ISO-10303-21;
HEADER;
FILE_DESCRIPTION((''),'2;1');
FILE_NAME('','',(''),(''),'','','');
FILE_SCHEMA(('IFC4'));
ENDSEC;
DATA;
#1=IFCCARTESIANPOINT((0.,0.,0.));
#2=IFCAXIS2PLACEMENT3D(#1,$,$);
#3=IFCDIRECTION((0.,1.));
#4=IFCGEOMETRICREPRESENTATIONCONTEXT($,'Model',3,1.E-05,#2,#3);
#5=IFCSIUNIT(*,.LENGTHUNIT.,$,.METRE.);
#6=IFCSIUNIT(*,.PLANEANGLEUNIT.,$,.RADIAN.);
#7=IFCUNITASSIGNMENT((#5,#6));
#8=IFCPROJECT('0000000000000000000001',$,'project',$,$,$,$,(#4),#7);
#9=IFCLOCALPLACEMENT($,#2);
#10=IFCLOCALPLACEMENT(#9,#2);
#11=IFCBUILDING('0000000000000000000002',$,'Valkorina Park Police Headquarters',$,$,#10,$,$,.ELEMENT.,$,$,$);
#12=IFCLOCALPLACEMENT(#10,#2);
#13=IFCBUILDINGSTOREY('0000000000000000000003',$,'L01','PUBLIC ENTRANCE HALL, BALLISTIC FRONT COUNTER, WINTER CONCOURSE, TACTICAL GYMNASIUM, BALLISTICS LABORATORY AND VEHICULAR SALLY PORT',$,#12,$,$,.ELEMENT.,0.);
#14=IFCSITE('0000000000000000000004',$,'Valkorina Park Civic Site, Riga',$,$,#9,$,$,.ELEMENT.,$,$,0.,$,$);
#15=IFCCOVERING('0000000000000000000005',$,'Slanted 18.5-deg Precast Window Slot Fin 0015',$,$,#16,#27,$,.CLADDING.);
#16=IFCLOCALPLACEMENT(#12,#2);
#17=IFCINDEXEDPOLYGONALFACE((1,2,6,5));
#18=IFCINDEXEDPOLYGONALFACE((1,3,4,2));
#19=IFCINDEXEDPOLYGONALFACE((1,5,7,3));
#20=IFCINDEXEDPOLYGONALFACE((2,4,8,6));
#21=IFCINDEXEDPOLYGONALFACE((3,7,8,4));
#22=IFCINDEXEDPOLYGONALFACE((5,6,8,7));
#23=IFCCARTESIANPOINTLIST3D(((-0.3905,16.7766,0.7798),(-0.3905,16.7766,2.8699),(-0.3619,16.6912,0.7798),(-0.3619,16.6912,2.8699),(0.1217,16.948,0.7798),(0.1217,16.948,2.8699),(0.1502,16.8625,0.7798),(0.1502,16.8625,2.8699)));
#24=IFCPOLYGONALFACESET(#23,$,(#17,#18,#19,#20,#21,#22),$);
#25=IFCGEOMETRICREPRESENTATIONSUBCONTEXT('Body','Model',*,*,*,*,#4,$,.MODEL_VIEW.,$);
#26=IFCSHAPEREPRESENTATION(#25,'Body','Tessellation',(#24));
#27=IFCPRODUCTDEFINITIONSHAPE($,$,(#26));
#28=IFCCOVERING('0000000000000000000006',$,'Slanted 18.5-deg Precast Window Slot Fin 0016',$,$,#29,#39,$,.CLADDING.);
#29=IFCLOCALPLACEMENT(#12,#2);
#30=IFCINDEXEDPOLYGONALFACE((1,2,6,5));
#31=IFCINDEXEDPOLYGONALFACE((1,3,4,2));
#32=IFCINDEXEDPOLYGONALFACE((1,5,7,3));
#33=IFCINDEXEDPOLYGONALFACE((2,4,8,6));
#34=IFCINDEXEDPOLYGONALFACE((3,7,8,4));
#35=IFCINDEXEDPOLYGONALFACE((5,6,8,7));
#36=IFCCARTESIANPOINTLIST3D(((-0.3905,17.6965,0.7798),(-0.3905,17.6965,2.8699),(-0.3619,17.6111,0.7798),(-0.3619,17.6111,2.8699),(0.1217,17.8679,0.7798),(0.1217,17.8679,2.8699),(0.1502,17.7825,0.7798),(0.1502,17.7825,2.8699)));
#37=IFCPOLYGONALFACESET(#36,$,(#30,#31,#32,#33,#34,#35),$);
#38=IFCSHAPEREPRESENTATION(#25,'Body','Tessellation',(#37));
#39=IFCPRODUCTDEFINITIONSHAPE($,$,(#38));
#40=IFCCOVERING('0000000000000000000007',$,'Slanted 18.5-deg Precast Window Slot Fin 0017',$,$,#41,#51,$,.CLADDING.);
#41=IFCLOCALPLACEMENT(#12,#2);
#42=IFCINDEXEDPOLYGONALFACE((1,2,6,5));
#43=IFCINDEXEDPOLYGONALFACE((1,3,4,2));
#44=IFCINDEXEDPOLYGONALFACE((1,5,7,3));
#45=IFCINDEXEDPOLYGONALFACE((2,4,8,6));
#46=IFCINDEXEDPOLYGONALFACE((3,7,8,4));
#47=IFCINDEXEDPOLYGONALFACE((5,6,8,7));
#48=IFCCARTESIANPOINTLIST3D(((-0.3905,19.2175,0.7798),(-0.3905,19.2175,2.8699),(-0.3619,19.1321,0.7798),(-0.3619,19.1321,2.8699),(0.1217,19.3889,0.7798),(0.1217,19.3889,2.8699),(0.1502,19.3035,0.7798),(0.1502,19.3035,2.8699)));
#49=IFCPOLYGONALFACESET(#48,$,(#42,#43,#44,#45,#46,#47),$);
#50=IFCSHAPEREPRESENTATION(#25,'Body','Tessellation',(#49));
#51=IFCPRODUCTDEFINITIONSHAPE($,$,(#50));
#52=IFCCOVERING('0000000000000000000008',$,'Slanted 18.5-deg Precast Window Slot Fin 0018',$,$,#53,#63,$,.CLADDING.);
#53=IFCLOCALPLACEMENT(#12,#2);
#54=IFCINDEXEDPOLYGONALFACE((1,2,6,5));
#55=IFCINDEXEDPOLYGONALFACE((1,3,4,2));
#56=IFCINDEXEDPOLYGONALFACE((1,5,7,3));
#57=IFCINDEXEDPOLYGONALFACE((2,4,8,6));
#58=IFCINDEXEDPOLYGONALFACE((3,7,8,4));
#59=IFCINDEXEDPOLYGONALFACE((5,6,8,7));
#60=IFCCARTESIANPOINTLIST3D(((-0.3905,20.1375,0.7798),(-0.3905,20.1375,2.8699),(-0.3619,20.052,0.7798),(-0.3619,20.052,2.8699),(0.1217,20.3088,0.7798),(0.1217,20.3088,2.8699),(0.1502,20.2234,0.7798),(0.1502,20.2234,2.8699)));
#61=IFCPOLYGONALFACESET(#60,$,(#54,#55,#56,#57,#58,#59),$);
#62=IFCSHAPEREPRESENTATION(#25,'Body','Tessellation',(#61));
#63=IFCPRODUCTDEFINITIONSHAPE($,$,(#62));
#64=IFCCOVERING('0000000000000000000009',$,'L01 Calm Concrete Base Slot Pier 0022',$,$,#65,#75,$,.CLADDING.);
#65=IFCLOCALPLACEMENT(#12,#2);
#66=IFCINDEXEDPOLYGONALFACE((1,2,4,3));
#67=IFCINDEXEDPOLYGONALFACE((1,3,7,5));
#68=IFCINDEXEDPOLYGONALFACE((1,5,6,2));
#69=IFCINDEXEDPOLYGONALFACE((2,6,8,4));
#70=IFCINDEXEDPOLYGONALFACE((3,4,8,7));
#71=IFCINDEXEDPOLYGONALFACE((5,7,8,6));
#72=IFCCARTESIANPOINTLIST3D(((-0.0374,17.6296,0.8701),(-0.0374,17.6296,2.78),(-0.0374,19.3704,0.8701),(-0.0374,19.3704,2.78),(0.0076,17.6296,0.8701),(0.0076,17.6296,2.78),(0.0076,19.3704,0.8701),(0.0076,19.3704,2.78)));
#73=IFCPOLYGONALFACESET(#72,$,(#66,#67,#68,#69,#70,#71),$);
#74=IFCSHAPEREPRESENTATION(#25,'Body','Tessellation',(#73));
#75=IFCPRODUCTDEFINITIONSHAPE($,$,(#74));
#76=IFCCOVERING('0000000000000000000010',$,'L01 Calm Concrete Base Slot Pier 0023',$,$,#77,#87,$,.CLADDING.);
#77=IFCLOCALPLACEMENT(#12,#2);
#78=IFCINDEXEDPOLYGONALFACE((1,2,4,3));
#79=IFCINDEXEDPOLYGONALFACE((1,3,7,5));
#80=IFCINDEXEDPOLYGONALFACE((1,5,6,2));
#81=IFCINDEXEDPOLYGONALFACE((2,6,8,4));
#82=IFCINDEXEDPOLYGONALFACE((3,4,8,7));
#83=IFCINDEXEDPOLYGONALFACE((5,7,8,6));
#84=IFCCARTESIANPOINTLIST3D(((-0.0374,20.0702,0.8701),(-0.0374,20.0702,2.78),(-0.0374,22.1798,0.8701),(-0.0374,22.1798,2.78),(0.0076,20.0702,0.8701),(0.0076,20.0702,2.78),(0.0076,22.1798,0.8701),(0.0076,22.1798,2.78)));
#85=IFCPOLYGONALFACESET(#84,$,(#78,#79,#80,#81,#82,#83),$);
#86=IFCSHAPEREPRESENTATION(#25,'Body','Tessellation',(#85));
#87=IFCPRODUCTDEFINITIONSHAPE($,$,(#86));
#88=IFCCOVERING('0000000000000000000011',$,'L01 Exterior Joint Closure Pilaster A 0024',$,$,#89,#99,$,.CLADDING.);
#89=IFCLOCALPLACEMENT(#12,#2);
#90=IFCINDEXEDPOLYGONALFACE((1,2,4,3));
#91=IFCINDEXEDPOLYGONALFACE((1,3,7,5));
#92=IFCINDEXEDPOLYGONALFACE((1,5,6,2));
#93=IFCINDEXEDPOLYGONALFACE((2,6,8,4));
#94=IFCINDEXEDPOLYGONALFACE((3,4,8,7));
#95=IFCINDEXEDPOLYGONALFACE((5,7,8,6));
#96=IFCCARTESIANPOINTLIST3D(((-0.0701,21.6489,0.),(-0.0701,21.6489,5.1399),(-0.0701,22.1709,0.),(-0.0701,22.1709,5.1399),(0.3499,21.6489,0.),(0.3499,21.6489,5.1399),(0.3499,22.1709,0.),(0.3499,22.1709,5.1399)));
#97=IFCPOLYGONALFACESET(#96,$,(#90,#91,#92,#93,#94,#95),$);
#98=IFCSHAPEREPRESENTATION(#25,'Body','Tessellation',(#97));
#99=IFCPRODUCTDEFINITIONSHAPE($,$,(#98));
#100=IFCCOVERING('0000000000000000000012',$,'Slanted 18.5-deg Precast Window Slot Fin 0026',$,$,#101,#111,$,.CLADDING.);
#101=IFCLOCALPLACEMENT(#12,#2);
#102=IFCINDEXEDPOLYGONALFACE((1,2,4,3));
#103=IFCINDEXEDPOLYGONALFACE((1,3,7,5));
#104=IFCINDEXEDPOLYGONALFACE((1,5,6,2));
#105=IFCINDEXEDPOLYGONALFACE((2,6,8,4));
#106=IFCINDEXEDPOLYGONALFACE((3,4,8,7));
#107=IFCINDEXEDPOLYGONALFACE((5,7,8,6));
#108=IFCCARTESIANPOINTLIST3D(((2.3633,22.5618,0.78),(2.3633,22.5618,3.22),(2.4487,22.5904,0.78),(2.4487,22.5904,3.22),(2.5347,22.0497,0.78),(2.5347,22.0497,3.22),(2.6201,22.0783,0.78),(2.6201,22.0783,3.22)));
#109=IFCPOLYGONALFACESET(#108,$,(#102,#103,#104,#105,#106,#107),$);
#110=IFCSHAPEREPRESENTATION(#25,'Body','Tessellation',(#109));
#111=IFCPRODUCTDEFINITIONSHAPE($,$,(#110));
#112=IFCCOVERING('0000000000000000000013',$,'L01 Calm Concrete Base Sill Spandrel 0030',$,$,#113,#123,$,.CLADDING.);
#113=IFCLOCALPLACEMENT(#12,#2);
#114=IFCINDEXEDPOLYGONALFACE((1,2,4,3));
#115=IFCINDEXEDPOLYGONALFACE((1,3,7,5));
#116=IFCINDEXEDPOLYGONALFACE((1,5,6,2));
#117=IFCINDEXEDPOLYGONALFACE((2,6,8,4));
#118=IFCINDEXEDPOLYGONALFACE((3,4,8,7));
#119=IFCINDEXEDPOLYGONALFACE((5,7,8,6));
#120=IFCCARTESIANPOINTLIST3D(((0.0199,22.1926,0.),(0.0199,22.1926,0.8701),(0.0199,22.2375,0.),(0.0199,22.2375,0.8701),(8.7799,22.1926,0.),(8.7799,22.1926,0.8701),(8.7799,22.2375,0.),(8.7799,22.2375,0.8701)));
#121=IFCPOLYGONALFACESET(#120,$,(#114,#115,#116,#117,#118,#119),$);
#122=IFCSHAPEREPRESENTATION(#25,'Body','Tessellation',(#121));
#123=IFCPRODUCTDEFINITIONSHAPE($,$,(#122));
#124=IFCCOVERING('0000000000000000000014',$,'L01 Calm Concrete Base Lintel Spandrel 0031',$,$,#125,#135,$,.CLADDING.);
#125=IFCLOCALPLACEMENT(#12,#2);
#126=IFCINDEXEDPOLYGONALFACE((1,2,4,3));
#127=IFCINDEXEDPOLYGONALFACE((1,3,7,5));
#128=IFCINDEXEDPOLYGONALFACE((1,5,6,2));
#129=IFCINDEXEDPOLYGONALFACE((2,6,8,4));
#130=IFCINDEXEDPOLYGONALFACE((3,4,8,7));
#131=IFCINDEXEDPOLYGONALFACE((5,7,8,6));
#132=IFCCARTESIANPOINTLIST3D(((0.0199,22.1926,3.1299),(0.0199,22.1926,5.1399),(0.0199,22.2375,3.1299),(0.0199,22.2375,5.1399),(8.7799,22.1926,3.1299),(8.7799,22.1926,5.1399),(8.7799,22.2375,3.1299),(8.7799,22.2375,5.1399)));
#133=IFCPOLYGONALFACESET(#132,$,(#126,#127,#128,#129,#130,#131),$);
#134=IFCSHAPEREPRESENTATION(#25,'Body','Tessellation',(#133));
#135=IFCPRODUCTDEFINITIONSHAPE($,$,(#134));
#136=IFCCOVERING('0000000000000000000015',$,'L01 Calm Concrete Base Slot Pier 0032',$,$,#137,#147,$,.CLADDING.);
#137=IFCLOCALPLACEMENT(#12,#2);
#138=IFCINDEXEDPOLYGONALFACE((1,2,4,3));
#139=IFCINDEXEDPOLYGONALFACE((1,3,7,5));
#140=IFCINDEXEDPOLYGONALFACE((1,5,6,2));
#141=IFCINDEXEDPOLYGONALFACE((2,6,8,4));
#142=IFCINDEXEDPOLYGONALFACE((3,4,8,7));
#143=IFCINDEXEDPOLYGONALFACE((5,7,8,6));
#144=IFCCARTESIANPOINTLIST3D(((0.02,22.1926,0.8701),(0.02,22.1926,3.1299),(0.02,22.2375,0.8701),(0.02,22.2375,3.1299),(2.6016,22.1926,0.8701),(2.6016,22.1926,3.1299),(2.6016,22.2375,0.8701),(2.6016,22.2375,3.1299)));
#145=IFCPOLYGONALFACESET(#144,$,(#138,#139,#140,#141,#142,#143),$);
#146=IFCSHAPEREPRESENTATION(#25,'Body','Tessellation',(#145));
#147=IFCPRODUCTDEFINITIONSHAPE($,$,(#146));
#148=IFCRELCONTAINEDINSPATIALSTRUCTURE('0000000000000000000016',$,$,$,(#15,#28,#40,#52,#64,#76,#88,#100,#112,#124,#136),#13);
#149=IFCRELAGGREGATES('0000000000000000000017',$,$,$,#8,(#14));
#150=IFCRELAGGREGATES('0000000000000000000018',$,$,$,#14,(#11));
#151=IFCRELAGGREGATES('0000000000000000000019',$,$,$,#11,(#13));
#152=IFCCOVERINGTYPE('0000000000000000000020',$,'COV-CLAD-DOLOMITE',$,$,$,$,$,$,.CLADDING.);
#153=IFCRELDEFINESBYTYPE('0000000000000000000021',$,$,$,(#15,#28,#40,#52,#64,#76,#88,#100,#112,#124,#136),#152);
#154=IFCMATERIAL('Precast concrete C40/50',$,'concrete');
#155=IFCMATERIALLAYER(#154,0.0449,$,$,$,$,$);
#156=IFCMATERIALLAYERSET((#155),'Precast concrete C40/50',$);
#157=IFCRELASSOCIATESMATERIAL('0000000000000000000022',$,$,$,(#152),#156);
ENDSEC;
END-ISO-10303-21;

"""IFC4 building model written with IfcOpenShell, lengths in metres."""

from ifc_helpers import new_model, si_unit, direction, frame, frame_2d, origin, origin_2d, place, context, subcontext, project, spatial, rectangle, extrude, material, layer, layer_set, type_object, element, save


model = new_model("IFC4")

# Units and contexts
model_context = context("Model", 3, precision=1e-05, world=origin(), true_north=direction((0.0, 1.0)))
body_context = subcontext(model_context, "Body", "Model", "MODEL_VIEW")
ifc_project = project(units=[si_unit("LENGTHUNIT", "METRE"), si_unit("PLANEANGLEUNIT", "RADIAN")], contexts=[model_context])

# Site, building, storey
site_placement = place(None, origin())
site = spatial("IfcSite", under=ifc_project, at=site_placement, Name="Valkorina Park Civic Site, Riga", CompositionType="ELEMENT", RefElevation=0.0)
building_placement = place(site_placement, origin())
building = spatial("IfcBuilding", under=site, at=building_placement, Name="Valkorina Park Police Headquarters", CompositionType="ELEMENT")
storey_placement = place(building_placement, origin())
storey = spatial("IfcBuildingStorey", under=building, at=storey_placement, Name="L01", Description="PUBLIC ENTRANCE HALL, BALLISTIC FRONT COUNTER, WINTER CONCOURSE, TACTICAL GYMNASIUM, BALLISTICS LABORATORY AND VEHICULAR SALLY PORT", CompositionType="ELEMENT", Elevation=0.0)

# Coverings
ifc_material_1 = material(Name="Precast concrete C40/50", Category="concrete")
ifc_layer_1 = layer(ifc_material_1, 0.0449)
ifc_layer_set_1 = layer_set([ifc_layer_1], Name="Precast concrete C40/50")
covering_type = type_object("IfcCoveringType", Name="COV-CLAD-DOLOMITE", PredefinedType="CLADDING", material=ifc_layer_set_1)
for number, where, z_axis, x_axis, name in (
    (1, (-0.1201, 16.8196, 0.7798), (0.0, 0.0, 1.0), (-0.948324, -0.317305, 0.0), "Slanted 18.5-deg Precast Window Slot Fin 0015"),
    (2, (-0.1201, 17.7395, 0.7798), (0.0, 0.0, 1.0), (-0.948324, -0.317305, 0.0), "Slanted 18.5-deg Precast Window Slot Fin 0016"),
    (3, (-0.1201, 19.2605, 0.7798), (0.0, 0.0, 1.0), (-0.948324, -0.317305, 0.0), "Slanted 18.5-deg Precast Window Slot Fin 0017"),
    (4, (-0.1201, 20.1804, 0.7798), (0.0, 0.0, 1.0), (-0.948324, -0.317305, 0.0), "Slanted 18.5-deg Precast Window Slot Fin 0018"),
):
    element("IfcCovering", number, at=place(storey_placement, frame(where, z_axis=z_axis, x_axis=x_axis)), inside=storey, type_object=covering_type, Name=name, PredefinedType="CLADDING", context=body_context, shape_type="SweptSolid", body=[
        extrude(rectangle(XDim=0.54, YDim=0.0901, at=origin_2d()), origin(), (0.0, 0.0, 1.0), 2.0901),
    ])
covering_1_placement = place(storey_placement, frame((-0.0149, 17.6296, 0.8701), z_axis=(0.0, 0.0, 1.0), x_axis=(0.0, 1.0, 0.0)))
element("IfcCovering", 5, at=covering_1_placement, inside=storey, type_object=covering_type, Name="L01 Calm Concrete Base Slot Pier 0022", PredefinedType="CLADDING", context=body_context, shape_type="SweptSolid", body=[
    extrude(rectangle(XDim=1.7407, YDim=0.0449, at=frame_2d((0.8704, 0.0))), origin(), (0.0, 0.0, 1.0), 1.9099),
])
covering_2_placement = place(storey_placement, frame((-0.0149, 20.0703, 0.8701), z_axis=(0.0, 0.0, 1.0), x_axis=(0.0, 1.0, 0.0)))
element("IfcCovering", 6, at=covering_2_placement, inside=storey, type_object=covering_type, Name="L01 Calm Concrete Base Slot Pier 0023", PredefinedType="CLADDING", context=body_context, shape_type="SweptSolid", body=[
    extrude(rectangle(XDim=2.1096, YDim=0.0449, at=frame_2d((1.0547, 0.0))), origin(), (0.0, 0.0, 1.0), 1.9099),
])
covering_3_placement = place(storey_placement, frame((0.1399, 21.9099, 0.0), z_axis=(0.0, 0.0, 1.0), x_axis=(1.0, 0.0, 0.0)))
element("IfcCovering", 7, at=covering_3_placement, inside=storey, type_object=covering_type, Name="L01 Exterior Joint Closure Pilaster A 0024", PredefinedType="CLADDING", context=body_context, shape_type="SweptSolid", body=[
    extrude(rectangle(XDim=0.4199, YDim=0.522, at=origin_2d()), origin(), (0.0, 0.0, 1.0), 5.1399),
])
covering_4_placement = place(storey_placement, frame((2.4917, 22.3201, 0.78), z_axis=(0.0, 0.0, 1.0), x_axis=(-0.317305, 0.948324, 0.0)))
element("IfcCovering", 8, at=covering_4_placement, inside=storey, type_object=covering_type, Name="Slanted 18.5-deg Precast Window Slot Fin 0026", PredefinedType="CLADDING", context=body_context, shape_type="SweptSolid", body=[
    extrude(rectangle(XDim=0.54, YDim=0.0901, at=origin_2d()), origin(), (0.0, 0.0, 1.0), 2.4399),
])
covering_5_placement = place(storey_placement, frame((0.02, 22.2151, 0.0), z_axis=(0.0, 0.0, 1.0), x_axis=(1.0, 0.0, 0.0)))
element("IfcCovering", 9, at=covering_5_placement, inside=storey, type_object=covering_type, Name="L01 Calm Concrete Base Sill Spandrel 0030", PredefinedType="CLADDING", context=body_context, shape_type="SweptSolid", body=[
    extrude(rectangle(XDim=8.76, YDim=0.0449, at=frame_2d((4.3799, 0.0))), origin(), (0.0, 0.0, 1.0), 0.8701),
])
covering_6_placement = place(storey_placement, frame((0.02, 22.2151, 3.1299), z_axis=(0.0, 0.0, 1.0), x_axis=(1.0, 0.0, 0.0)))
element("IfcCovering", 10, at=covering_6_placement, inside=storey, type_object=covering_type, Name="L01 Calm Concrete Base Lintel Spandrel 0031", PredefinedType="CLADDING", context=body_context, shape_type="SweptSolid", body=[
    extrude(rectangle(XDim=8.76, YDim=0.0449, at=frame_2d((4.3799, 0.0))), origin(), (0.0, 0.0, 1.0), 2.01),
])
covering_7_placement = place(storey_placement, frame((0.02, 22.2151, 0.8701), z_axis=(0.0, 0.0, 1.0), x_axis=(1.0, 0.0, 0.0)))
element("IfcCovering", 11, at=covering_7_placement, inside=storey, type_object=covering_type, Name="L01 Calm Concrete Base Slot Pier 0032", PredefinedType="CLADDING", context=body_context, shape_type="SweptSolid", body=[
    extrude(rectangle(XDim=2.5815, YDim=0.0449, at=frame_2d((1.2908, 0.0))), origin(), (0.0, 0.0, 1.0), 2.2598),
])

save(model, "model.ifc")
